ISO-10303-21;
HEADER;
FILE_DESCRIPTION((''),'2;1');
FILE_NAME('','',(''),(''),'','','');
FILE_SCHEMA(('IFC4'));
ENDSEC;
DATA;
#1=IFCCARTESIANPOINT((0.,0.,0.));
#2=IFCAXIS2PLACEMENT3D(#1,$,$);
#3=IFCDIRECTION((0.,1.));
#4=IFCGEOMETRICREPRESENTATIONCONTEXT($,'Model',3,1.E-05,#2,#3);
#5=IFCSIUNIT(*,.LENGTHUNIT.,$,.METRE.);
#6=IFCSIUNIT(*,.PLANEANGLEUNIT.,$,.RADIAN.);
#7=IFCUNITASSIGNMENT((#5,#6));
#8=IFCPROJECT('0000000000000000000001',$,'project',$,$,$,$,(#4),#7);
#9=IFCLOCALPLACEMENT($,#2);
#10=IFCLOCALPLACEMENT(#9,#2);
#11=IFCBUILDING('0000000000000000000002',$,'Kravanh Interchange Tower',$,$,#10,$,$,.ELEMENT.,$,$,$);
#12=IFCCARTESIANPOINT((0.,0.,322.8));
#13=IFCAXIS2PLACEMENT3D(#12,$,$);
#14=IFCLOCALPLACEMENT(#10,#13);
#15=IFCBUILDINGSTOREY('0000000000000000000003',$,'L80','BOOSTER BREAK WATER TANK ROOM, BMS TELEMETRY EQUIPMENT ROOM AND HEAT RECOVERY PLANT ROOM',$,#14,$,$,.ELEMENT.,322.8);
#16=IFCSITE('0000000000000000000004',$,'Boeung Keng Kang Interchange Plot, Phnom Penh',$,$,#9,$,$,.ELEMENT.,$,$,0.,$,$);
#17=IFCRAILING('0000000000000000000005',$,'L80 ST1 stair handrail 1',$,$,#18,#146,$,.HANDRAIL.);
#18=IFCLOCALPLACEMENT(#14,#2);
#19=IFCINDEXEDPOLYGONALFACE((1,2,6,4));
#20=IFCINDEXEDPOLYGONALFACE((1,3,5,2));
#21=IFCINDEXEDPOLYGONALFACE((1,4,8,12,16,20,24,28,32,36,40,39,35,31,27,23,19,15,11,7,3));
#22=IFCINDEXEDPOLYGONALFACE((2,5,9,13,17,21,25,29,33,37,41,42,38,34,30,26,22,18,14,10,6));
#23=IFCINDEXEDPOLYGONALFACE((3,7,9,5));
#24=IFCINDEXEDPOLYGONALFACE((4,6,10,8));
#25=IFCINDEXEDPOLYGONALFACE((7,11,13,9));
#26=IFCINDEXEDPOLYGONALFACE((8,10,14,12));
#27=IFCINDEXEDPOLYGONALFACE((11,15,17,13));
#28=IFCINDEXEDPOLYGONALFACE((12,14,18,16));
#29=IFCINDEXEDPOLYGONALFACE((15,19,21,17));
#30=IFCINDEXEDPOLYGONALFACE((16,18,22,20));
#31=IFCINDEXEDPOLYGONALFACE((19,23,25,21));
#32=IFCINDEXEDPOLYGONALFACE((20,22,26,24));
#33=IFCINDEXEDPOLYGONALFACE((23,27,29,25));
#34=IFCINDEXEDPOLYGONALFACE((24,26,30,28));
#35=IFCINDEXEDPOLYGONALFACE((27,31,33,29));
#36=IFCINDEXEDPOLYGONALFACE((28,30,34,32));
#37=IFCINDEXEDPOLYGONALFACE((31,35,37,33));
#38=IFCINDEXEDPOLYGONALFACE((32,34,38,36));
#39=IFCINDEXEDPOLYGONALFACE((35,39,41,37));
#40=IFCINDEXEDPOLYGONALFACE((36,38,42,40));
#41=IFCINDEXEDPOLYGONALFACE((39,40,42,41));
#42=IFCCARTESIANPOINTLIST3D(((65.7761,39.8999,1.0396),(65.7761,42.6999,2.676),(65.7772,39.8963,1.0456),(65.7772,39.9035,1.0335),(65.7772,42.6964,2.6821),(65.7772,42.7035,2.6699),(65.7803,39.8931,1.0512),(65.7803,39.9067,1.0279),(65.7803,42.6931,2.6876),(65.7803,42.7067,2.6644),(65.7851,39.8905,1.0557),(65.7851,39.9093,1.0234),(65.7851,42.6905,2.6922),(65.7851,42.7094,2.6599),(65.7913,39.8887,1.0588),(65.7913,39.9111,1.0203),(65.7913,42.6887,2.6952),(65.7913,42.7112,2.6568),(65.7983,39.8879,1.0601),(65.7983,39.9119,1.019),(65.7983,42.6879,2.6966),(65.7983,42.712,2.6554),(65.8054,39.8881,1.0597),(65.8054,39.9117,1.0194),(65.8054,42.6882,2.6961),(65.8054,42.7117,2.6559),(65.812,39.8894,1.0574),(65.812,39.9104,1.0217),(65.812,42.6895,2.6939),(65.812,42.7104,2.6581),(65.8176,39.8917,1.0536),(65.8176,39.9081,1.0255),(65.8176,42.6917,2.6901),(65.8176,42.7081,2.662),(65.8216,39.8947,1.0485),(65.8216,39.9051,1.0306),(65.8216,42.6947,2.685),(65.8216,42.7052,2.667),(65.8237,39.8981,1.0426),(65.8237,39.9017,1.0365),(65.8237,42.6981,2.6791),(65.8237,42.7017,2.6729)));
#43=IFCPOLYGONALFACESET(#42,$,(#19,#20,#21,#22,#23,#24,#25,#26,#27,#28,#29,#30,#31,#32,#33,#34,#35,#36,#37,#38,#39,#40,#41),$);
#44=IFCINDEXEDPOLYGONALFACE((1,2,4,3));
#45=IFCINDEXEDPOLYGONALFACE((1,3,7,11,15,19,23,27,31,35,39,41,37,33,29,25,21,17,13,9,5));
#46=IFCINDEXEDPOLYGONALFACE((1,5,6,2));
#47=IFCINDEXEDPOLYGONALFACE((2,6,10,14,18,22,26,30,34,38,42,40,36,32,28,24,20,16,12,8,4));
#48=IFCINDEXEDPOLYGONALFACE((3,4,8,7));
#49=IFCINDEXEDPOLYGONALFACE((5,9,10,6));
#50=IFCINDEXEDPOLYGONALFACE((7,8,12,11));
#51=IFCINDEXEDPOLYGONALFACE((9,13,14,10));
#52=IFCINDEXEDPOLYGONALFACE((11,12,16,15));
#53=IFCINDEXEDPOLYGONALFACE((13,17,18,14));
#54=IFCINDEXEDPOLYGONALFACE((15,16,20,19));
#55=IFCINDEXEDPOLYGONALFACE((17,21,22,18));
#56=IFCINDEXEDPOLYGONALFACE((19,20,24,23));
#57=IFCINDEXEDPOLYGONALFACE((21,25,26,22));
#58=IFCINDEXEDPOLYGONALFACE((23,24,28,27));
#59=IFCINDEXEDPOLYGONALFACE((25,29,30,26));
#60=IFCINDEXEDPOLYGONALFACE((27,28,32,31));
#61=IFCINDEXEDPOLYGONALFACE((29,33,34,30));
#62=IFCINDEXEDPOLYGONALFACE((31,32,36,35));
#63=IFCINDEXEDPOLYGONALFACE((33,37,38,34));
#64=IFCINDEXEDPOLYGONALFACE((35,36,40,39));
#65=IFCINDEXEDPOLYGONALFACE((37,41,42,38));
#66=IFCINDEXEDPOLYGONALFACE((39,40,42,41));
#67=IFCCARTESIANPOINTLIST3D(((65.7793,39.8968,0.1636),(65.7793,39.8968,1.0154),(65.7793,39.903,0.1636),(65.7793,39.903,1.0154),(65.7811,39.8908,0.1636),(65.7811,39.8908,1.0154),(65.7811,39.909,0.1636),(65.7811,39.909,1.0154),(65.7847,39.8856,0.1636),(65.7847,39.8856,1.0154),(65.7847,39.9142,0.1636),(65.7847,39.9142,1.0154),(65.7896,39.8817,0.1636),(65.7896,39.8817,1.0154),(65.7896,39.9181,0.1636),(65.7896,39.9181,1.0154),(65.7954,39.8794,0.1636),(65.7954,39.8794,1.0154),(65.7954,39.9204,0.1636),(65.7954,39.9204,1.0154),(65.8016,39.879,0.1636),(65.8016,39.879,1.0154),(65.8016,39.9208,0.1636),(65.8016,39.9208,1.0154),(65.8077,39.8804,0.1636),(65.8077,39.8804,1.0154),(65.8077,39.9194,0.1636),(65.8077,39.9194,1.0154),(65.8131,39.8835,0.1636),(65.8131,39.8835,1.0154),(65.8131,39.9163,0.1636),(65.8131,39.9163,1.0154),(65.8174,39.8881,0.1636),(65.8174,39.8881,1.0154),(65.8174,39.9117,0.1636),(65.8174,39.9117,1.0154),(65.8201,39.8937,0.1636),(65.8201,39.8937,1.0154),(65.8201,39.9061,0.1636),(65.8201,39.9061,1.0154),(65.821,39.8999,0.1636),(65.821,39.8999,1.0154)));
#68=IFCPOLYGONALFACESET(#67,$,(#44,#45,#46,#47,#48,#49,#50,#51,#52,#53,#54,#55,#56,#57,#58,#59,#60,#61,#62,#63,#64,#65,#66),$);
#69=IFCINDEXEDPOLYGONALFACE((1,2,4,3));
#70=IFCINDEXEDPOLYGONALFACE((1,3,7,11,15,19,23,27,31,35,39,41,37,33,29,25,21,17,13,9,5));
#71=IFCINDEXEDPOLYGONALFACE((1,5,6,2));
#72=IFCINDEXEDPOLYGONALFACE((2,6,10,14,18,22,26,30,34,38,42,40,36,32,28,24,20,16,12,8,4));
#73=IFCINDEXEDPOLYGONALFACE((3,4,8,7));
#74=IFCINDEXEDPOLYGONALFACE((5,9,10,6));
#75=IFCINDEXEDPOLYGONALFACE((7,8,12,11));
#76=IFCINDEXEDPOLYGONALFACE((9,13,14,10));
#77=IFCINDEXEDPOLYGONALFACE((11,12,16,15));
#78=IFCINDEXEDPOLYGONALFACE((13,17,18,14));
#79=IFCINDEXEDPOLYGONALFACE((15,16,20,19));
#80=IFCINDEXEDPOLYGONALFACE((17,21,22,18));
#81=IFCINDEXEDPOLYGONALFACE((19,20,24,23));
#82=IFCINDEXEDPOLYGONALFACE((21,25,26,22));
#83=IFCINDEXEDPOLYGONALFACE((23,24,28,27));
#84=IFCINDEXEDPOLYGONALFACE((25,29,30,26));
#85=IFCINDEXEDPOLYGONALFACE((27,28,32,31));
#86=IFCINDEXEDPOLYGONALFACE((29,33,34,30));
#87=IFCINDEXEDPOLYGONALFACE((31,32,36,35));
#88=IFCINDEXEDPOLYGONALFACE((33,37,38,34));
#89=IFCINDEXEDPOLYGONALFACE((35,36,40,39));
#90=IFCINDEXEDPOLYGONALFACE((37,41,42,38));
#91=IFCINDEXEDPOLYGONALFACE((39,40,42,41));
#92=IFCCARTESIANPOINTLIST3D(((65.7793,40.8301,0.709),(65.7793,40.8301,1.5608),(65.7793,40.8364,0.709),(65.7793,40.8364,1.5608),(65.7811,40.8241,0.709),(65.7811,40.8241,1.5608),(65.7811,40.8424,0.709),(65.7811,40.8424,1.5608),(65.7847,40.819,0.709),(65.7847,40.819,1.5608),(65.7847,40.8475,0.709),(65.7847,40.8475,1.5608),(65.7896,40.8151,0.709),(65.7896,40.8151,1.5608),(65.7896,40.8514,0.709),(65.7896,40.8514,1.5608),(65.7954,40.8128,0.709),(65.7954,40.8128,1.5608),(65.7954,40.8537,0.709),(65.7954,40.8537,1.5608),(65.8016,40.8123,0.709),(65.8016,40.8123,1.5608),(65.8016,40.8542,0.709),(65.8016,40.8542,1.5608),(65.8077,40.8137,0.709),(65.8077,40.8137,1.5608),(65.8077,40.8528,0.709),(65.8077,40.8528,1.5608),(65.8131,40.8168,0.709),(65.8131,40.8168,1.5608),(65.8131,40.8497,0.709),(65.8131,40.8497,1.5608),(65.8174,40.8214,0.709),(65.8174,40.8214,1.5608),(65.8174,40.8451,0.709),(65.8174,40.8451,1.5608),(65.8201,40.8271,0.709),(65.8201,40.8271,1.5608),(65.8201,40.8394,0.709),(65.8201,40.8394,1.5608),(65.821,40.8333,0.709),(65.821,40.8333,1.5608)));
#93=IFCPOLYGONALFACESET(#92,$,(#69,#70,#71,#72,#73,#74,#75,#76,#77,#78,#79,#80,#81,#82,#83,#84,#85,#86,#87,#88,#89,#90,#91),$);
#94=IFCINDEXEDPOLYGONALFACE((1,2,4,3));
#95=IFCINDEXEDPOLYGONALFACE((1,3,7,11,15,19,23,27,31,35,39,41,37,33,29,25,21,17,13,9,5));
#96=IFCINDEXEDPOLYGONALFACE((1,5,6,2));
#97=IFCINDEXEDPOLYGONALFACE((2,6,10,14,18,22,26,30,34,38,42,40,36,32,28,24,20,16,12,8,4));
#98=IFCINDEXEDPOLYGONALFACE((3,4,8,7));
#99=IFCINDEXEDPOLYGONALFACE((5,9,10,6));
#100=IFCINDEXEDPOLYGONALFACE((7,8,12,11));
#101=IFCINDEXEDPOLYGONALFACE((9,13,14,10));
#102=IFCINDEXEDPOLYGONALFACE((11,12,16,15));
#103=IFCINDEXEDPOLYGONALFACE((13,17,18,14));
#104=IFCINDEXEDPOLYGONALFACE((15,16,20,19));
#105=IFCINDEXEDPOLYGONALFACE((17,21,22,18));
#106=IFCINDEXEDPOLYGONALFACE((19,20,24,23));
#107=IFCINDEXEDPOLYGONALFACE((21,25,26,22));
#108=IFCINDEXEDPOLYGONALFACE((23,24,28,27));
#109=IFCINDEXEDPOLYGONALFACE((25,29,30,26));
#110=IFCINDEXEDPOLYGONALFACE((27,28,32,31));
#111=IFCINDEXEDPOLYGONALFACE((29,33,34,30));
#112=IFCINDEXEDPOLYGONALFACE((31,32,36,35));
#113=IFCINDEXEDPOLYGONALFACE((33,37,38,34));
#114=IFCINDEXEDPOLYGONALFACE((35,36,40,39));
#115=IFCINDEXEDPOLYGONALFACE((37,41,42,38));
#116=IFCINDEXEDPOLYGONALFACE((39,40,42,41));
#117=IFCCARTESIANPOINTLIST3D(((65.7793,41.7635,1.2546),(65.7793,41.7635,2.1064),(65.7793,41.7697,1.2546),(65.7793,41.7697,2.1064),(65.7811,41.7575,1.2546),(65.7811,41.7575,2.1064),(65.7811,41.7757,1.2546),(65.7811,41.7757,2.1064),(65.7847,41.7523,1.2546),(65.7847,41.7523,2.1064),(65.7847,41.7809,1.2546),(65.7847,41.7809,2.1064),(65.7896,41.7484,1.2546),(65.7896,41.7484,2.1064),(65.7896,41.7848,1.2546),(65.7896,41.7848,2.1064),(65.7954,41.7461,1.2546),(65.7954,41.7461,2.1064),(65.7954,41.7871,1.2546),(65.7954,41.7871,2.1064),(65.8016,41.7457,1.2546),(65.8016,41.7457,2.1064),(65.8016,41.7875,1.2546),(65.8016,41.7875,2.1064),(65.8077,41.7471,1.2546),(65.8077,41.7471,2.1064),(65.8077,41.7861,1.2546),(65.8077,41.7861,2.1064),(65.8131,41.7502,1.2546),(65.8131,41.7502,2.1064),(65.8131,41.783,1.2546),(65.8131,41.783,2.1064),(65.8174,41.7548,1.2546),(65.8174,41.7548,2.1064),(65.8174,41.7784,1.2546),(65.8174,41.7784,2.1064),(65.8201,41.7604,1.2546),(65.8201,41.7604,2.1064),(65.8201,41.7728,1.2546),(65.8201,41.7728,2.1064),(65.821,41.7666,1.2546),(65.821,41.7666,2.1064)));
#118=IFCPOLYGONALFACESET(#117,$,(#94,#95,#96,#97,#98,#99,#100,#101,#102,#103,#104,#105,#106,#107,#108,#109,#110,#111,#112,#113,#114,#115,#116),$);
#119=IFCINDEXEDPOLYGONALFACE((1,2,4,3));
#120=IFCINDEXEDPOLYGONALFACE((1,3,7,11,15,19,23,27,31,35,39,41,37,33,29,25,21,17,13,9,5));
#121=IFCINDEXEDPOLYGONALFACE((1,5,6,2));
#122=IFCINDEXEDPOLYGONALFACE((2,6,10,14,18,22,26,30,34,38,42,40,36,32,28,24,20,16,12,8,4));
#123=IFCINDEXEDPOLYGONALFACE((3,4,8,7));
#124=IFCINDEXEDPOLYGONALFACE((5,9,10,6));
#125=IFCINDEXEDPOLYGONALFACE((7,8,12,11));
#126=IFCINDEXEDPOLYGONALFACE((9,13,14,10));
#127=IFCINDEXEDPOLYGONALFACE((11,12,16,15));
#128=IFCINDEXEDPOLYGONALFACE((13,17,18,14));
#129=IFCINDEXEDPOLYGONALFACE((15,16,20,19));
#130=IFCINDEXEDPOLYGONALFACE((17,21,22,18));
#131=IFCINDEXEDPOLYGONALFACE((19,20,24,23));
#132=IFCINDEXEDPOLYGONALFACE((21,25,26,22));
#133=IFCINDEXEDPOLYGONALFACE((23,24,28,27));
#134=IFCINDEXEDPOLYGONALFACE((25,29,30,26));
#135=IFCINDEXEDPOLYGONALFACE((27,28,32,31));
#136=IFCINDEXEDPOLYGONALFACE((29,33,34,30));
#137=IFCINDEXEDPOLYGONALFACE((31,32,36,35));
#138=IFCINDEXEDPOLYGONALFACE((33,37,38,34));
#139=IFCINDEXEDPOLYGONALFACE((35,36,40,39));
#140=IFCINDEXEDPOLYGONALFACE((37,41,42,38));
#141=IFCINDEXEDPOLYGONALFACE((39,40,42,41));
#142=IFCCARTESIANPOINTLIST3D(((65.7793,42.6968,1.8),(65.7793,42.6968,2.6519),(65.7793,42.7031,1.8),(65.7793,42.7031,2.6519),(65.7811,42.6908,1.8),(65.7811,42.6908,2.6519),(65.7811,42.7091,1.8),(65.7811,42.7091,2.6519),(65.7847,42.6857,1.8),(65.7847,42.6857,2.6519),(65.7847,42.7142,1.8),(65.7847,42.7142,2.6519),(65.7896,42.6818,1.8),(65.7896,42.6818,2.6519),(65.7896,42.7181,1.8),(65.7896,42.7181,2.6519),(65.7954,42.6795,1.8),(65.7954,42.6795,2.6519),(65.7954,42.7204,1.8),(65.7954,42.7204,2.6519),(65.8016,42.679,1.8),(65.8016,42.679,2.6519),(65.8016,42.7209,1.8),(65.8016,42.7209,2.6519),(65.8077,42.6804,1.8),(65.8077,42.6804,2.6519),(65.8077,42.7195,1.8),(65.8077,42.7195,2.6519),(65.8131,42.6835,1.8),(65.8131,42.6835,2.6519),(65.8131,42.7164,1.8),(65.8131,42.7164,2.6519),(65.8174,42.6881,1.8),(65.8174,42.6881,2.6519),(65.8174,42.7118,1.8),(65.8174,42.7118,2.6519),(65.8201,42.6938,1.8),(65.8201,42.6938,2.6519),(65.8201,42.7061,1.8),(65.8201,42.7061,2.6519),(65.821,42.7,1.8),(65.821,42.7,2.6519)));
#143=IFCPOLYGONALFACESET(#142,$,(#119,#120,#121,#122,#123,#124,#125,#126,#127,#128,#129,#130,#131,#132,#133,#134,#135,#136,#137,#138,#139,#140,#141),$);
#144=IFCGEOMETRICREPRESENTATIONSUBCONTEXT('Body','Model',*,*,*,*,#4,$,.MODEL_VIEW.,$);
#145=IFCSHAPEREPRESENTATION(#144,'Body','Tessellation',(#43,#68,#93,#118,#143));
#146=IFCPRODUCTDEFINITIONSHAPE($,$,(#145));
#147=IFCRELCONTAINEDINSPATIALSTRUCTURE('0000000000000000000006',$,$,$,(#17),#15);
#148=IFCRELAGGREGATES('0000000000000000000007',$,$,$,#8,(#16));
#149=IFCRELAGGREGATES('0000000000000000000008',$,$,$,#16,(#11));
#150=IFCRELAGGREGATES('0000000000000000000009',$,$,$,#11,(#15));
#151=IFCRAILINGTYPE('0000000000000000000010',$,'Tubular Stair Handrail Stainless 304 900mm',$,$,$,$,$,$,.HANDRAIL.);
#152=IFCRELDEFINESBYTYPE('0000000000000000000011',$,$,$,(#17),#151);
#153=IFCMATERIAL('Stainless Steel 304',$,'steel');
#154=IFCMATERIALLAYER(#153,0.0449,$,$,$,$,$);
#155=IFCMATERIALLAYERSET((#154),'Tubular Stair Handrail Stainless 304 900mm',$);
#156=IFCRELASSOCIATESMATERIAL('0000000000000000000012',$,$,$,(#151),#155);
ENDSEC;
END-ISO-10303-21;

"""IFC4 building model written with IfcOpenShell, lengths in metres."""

from ifc_helpers import new_model, si_unit, direction, frame, origin, origin_2d, place, context, subcontext, project, spatial, circle, extrude, material, layer, layer_set, type_object, element, save


model = new_model("IFC4")

# Units and contexts
model_context = context("Model", 3, precision=1e-05, world=origin(), true_north=direction((0.0, 1.0)))
body_context = subcontext(model_context, "Body", "Model", "MODEL_VIEW")
ifc_project = project(units=[si_unit("LENGTHUNIT", "METRE"), si_unit("PLANEANGLEUNIT", "RADIAN")], contexts=[model_context])

# Site, building, storey
site_placement = place(None, origin())
site = spatial("IfcSite", under=ifc_project, at=site_placement, Name="Boeung Keng Kang Interchange Plot, Phnom Penh", CompositionType="ELEMENT", RefElevation=0.0)
building_placement = place(site_placement, origin())
building = spatial("IfcBuilding", under=site, at=building_placement, Name="Kravanh Interchange Tower", CompositionType="ELEMENT")
storey_placement = place(building_placement, frame((0.0, 0.0, 322.8)))
storey = spatial("IfcBuildingStorey", under=building, at=storey_placement, Name="L80", Description="BOOSTER BREAK WATER TANK ROOM, BMS TELEMETRY EQUIPMENT ROOM AND HEAT RECOVERY PLANT ROOM", CompositionType="ELEMENT", Elevation=322.8)

# Railing
ifc_material_1 = material(Name="Stainless Steel 304", Category="steel")
ifc_layer_1 = layer(ifc_material_1, 0.0449)
ifc_layer_set_1 = layer_set([ifc_layer_1], Name="Tubular Stair Handrail Stainless 304 900mm")
railing_type_1 = type_object("IfcRailingType", Name="Tubular Stair Handrail Stainless 304 900mm", PredefinedType="HANDRAIL", material=ifc_layer_set_1)
railing_1_placement = place(storey_placement, frame((65.8, 39.8999, 0.1636)))
element("IfcRailing", 1, at=railing_1_placement, inside=storey, type_object=railing_type_1, Name="L80 ST1 stair handrail 1", PredefinedType="HANDRAIL", context=body_context, shape_type="SweptSolid", body=[
    extrude(circle(Radius=0.0239, at=origin_2d()), frame((0.0, 0.0, 0.876), z_axis=(0.0, 0.863361, 0.504587), x_axis=(-1.0, 0.0, 0.0)), (0.0, 0.0, 1.0), 3.2432),
    extrude(circle(Radius=0.021, at=origin_2d()), origin(), (0.0, 0.0, 1.0), 0.8518),
    extrude(circle(Radius=0.021, at=origin_2d()), frame((0.0, 0.9333, 0.5454)), (0.0, 0.0, 1.0), 0.8518),
    extrude(circle(Radius=0.021, at=origin_2d()), frame((0.0, 1.8667, 1.0911)), (0.0, 0.0, 1.0), 0.8518),
    extrude(circle(Radius=0.021, at=origin_2d()), frame((0.0, 2.8, 1.6365)), (0.0, 0.0, 1.0), 0.8518),
])

save(model, "model.ifc")
